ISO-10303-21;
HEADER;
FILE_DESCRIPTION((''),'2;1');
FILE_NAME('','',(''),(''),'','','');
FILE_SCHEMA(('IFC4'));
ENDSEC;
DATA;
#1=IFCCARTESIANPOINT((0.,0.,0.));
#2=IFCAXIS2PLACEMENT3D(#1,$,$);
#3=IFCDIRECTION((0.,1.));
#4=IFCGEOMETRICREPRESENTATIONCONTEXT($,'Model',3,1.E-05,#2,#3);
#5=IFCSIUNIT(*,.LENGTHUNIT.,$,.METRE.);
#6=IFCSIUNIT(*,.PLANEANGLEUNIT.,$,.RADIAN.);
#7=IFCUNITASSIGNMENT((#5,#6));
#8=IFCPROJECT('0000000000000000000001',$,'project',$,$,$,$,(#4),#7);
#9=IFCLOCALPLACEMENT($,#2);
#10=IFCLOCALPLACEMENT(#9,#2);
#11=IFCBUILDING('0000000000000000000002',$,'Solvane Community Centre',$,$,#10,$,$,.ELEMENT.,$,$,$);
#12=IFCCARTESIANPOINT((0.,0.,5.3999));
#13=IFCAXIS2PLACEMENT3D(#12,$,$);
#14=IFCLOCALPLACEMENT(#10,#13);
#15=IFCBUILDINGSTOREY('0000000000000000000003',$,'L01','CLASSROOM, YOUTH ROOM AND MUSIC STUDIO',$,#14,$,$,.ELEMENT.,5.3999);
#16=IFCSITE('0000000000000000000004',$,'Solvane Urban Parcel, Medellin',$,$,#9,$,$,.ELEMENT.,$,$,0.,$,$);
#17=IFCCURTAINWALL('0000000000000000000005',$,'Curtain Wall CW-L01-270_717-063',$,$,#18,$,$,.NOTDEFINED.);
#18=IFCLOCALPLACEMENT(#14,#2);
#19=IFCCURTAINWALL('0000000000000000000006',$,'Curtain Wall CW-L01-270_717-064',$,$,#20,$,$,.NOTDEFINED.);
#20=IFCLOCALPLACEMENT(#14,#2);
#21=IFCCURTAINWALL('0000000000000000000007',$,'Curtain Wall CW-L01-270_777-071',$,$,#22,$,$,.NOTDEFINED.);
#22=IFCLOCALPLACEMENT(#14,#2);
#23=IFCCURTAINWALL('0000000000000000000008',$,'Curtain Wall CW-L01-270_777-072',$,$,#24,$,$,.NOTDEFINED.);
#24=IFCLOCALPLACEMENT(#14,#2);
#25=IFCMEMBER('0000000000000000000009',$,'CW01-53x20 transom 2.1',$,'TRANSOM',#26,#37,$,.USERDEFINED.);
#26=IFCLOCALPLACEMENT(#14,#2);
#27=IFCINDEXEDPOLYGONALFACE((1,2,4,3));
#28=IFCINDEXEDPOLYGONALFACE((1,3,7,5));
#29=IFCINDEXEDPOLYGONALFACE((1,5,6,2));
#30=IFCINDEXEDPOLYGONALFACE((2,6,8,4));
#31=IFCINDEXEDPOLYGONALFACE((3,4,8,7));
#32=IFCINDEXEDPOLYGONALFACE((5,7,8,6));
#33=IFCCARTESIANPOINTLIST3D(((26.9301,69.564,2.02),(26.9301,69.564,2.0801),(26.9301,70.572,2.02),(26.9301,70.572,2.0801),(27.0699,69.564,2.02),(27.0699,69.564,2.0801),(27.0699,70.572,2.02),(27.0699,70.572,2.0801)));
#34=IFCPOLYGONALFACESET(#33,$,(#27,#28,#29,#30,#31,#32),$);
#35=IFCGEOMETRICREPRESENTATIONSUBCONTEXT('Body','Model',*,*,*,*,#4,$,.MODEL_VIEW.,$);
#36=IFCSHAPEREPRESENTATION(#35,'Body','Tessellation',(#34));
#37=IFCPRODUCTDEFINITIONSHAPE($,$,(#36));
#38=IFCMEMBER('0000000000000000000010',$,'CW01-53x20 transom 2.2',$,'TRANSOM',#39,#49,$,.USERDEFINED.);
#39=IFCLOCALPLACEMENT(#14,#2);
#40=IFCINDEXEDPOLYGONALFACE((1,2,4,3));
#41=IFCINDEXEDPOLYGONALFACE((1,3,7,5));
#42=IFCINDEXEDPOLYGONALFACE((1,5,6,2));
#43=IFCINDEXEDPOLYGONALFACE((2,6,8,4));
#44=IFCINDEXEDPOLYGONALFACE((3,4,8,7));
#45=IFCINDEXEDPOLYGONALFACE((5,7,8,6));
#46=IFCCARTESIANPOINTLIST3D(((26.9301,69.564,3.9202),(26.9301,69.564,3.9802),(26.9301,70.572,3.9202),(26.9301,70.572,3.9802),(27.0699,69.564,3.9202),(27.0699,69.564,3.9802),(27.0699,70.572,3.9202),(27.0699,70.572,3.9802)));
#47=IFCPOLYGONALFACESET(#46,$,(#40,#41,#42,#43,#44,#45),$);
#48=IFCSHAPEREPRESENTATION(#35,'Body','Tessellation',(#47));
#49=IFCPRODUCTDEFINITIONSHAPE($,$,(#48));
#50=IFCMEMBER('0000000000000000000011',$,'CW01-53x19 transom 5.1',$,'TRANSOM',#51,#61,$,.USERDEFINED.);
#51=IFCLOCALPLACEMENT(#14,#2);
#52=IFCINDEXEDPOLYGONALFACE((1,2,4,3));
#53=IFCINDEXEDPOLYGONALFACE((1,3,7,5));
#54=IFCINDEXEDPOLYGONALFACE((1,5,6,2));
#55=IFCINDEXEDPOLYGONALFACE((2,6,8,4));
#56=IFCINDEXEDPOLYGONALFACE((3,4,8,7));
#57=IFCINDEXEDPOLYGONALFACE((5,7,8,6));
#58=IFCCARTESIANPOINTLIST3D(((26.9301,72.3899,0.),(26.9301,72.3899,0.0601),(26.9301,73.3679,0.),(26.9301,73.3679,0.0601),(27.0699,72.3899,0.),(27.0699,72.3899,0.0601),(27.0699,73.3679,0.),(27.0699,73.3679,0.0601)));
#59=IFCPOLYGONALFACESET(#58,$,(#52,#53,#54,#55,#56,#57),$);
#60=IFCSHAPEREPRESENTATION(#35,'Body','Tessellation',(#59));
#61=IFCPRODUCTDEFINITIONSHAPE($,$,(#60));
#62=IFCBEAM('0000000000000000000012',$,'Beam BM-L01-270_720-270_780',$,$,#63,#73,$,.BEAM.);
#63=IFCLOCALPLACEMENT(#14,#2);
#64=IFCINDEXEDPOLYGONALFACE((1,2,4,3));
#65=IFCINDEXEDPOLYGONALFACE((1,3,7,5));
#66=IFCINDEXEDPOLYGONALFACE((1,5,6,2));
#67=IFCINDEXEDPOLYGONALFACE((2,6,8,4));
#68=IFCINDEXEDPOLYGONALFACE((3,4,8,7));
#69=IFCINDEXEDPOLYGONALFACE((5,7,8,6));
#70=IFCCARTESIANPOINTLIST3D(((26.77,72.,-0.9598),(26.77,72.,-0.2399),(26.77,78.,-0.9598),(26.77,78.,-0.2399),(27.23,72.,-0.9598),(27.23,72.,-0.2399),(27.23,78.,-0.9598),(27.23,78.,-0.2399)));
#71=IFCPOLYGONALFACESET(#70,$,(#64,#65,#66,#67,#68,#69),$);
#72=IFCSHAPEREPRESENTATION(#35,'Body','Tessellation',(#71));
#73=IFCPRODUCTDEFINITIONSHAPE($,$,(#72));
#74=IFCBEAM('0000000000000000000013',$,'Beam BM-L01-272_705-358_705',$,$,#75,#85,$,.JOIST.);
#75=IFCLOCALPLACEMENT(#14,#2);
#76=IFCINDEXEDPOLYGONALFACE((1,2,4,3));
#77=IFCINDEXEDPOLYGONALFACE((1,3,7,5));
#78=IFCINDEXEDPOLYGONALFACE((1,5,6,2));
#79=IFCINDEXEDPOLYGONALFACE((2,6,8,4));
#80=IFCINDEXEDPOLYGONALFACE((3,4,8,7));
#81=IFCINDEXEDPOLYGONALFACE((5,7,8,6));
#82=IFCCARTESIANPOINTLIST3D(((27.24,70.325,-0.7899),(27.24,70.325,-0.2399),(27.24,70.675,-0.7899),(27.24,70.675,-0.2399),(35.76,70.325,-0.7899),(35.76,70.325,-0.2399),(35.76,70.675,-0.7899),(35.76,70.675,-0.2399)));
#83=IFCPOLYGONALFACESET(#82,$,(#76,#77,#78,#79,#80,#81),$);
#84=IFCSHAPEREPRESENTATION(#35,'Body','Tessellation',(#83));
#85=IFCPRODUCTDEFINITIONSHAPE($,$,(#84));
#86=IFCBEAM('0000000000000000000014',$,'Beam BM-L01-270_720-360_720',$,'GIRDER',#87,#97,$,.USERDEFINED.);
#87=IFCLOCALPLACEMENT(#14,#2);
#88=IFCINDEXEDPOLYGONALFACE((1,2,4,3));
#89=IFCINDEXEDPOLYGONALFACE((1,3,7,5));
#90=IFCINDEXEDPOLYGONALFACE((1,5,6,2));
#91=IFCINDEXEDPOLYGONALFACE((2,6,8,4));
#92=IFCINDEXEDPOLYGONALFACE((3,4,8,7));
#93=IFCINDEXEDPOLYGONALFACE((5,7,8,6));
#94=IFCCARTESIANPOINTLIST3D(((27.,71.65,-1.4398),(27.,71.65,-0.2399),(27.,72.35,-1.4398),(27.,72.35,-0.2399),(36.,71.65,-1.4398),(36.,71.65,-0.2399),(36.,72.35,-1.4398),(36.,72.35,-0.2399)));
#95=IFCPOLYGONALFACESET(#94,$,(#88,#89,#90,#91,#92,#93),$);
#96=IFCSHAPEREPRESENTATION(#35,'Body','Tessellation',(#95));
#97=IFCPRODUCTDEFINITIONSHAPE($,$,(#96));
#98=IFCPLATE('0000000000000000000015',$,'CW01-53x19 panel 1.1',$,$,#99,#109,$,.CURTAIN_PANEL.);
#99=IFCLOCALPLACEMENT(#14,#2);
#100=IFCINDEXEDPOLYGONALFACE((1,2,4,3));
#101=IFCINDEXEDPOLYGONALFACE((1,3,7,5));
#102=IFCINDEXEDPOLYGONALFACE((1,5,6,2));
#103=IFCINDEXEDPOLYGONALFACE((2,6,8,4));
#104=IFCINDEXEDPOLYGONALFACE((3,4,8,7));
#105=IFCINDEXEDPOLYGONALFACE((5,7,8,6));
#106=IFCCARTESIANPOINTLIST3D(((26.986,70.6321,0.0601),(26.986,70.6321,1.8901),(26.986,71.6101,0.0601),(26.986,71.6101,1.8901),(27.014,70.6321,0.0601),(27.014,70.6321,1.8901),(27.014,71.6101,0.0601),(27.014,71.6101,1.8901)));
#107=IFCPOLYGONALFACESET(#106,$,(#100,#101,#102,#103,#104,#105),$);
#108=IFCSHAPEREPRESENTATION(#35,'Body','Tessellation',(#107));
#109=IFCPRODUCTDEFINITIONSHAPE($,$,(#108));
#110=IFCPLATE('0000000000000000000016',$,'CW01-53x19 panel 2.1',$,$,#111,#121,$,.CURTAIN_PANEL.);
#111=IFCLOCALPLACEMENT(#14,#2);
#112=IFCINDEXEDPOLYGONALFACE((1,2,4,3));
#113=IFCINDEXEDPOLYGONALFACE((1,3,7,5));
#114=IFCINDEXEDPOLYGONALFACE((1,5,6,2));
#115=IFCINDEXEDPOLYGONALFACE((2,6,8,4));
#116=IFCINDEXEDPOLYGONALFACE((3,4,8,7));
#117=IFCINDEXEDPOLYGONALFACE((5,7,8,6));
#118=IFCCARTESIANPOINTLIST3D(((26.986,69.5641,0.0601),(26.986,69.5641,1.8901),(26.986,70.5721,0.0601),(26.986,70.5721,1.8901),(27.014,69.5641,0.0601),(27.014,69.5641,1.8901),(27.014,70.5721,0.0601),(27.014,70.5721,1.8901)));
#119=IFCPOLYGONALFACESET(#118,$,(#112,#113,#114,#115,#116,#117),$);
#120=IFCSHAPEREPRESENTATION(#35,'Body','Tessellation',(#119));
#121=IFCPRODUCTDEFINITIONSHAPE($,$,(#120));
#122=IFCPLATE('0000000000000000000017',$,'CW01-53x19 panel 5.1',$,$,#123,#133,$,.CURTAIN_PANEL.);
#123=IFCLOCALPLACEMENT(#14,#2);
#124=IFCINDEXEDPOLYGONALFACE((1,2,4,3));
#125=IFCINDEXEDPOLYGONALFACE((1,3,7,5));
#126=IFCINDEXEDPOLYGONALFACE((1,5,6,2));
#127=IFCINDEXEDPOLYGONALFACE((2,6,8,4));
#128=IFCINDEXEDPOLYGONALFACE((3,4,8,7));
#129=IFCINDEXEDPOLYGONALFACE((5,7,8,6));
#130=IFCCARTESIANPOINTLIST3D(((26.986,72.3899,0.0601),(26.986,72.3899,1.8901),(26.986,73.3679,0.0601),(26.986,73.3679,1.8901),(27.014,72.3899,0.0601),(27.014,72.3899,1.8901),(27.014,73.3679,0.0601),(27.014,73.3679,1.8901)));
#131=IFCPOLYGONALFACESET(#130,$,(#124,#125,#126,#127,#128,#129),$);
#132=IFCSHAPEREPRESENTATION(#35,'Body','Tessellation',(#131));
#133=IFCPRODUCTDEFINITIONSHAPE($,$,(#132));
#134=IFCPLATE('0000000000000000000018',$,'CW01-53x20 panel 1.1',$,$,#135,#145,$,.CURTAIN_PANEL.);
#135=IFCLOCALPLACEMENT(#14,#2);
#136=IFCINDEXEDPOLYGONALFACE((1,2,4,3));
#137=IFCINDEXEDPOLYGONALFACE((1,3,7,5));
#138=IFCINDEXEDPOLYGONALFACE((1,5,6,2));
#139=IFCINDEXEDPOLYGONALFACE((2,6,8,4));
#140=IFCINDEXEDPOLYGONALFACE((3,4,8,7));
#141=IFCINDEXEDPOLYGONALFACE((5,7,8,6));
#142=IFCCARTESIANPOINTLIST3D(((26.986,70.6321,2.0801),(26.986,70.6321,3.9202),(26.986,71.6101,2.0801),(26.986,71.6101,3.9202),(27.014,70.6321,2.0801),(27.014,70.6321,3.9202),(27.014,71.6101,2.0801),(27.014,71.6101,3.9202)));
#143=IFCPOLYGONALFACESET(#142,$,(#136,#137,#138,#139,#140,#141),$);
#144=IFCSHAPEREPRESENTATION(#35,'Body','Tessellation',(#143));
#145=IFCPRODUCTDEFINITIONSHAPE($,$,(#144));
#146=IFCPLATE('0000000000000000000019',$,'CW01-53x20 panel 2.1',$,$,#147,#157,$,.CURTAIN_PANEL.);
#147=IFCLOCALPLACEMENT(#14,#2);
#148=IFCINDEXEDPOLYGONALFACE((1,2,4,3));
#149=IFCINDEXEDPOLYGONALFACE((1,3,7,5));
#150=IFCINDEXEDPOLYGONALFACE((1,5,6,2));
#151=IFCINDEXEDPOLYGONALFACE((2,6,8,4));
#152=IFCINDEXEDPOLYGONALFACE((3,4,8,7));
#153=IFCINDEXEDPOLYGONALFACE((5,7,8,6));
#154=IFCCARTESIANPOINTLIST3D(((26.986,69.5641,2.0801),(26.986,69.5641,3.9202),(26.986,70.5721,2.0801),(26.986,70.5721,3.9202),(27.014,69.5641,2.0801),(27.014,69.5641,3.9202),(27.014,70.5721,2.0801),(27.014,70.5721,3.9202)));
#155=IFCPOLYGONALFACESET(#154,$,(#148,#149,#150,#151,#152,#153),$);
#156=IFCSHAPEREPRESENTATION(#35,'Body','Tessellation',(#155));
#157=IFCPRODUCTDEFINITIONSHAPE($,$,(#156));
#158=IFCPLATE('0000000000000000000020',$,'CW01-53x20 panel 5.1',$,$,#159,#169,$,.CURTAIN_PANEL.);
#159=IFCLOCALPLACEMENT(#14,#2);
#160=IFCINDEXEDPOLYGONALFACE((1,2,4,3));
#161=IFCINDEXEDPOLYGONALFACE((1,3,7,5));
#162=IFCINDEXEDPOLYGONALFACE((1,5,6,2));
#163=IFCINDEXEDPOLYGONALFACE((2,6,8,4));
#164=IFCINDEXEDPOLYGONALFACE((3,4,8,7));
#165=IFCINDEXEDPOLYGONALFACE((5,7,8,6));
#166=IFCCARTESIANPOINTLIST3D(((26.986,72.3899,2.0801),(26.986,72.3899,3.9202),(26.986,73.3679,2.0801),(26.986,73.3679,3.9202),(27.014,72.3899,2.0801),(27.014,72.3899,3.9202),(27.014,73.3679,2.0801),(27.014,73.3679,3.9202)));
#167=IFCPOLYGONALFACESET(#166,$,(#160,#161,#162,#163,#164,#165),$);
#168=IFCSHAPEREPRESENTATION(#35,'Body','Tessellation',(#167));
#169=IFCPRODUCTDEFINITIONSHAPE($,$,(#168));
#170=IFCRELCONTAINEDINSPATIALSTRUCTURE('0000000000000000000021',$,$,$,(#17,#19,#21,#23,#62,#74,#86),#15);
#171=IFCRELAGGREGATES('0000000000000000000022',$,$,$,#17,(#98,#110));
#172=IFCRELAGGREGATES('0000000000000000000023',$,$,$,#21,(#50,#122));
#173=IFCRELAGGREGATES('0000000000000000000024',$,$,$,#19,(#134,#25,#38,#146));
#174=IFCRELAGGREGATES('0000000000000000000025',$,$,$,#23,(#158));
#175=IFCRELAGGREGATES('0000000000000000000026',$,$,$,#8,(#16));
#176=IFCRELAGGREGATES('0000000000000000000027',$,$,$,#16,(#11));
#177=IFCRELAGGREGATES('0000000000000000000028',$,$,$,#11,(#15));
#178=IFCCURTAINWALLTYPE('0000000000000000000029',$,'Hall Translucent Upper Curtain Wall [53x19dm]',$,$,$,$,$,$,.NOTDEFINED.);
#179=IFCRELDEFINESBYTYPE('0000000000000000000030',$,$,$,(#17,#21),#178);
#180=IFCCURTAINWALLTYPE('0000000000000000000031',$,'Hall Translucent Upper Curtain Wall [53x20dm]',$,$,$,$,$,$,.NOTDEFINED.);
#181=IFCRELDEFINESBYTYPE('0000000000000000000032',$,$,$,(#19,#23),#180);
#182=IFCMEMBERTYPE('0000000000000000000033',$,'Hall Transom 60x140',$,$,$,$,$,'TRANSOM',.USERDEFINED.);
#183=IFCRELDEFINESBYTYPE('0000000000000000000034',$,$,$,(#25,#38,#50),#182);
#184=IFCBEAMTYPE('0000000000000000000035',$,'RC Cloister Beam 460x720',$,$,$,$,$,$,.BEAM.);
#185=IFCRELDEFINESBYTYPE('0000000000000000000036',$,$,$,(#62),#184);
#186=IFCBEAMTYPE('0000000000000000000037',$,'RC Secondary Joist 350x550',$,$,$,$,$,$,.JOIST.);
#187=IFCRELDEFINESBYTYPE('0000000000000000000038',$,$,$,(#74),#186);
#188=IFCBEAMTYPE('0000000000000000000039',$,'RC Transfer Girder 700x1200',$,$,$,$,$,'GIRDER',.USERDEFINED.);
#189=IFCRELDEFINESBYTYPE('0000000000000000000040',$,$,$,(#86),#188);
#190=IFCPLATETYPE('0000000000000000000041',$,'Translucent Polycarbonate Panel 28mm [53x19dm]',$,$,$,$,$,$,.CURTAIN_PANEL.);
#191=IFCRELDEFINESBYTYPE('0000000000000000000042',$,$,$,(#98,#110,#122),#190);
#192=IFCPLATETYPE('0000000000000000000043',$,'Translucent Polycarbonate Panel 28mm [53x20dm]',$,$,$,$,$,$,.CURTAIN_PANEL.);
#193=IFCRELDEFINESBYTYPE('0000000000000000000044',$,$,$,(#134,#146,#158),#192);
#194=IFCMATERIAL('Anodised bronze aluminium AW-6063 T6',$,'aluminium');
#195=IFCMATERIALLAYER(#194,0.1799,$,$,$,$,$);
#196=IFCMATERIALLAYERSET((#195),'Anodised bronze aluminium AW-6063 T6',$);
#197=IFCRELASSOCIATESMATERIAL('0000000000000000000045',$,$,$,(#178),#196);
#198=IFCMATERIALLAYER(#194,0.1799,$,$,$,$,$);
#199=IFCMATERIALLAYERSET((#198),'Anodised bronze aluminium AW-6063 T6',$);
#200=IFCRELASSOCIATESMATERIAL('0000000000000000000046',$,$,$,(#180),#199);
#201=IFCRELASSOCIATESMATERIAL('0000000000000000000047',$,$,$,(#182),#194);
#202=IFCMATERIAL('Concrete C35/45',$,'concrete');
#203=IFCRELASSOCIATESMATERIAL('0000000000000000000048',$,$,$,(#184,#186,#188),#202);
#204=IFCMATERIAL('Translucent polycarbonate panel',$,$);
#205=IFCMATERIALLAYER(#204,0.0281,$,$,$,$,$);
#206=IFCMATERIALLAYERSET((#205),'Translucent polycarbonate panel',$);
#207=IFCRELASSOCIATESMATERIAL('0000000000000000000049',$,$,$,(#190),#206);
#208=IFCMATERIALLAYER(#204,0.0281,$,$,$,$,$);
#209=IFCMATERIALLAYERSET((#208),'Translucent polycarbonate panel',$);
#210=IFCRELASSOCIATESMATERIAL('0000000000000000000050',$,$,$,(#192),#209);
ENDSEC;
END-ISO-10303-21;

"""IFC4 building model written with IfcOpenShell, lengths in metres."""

from ifc_helpers import new_model, si_unit, direction, frame, origin, origin_2d, place, context, subcontext, project, spatial, rectangle, extrude, material, layer, layer_set, material_profile, profile_set, type_object, element, aggregate, save


model = new_model("IFC4")

# Units and contexts
model_context = context("Model", 3, precision=1e-05, world=origin(), true_north=direction((0.0, 1.0)))
body_context = subcontext(model_context, "Body", "Model", "MODEL_VIEW")
ifc_project = project(units=[si_unit("LENGTHUNIT", "METRE"), si_unit("PLANEANGLEUNIT", "RADIAN")], contexts=[model_context])

# Site, building, storey
site_placement = place(None, origin())
site = spatial("IfcSite", under=ifc_project, at=site_placement, Name="Solvane Urban Parcel, Medellin", CompositionType="ELEMENT", RefElevation=0.0)
building_placement = place(site_placement, origin())
building = spatial("IfcBuilding", under=site, at=building_placement, Name="Solvane Community Centre", CompositionType="ELEMENT")
storey_placement = place(building_placement, frame((0.0, 0.0, 5.3999)))
storey = spatial("IfcBuildingStorey", under=building, at=storey_placement, Name="L01", Description="CLASSROOM, YOUTH ROOM AND MUSIC STUDIO", CompositionType="ELEMENT", Elevation=5.3999)

# Shared definitions
ifc_material_1 = material(Name="Concrete C35/45", Category="concrete")

# Curtain walls
ifc_material_2 = material(Name="Anodised bronze aluminium AW-6063 T6", Category="aluminium")
ifc_layer_1 = layer(ifc_material_2, 0.1799)
ifc_layer_set_1 = layer_set([ifc_layer_1], Name="Anodised bronze aluminium AW-6063 T6")
curtain_wall_type_1 = type_object("IfcCurtainWallType", Name="Hall Translucent Upper Curtain Wall [53x19dm]", PredefinedType="NOTDEFINED", material=ifc_layer_set_1)
curtain_wall_1_placement = place(storey_placement, origin())
curtain_wall_1 = element("IfcCurtainWall", 1, at=curtain_wall_1_placement, inside=storey, type_object=curtain_wall_type_1, Name="Curtain Wall CW-L01-270_717-063", PredefinedType="NOTDEFINED")
ifc_layer_2 = layer(ifc_material_2, 0.1799)
ifc_layer_set_2 = layer_set([ifc_layer_2], Name="Anodised bronze aluminium AW-6063 T6")
curtain_wall_type_2 = type_object("IfcCurtainWallType", Name="Hall Translucent Upper Curtain Wall [53x20dm]", PredefinedType="NOTDEFINED", material=ifc_layer_set_2)
curtain_wall_2_placement = place(storey_placement, origin())
curtain_wall_2 = element("IfcCurtainWall", 2, at=curtain_wall_2_placement, inside=storey, type_object=curtain_wall_type_2, Name="Curtain Wall CW-L01-270_717-064", PredefinedType="NOTDEFINED")

# Curtain walls
curtain_wall_3_placement = place(storey_placement, origin())
curtain_wall_3 = element("IfcCurtainWall", 3, at=curtain_wall_3_placement, inside=storey, type_object=curtain_wall_type_1, Name="Curtain Wall CW-L01-270_777-071", PredefinedType="NOTDEFINED")
curtain_wall_4_placement = place(storey_placement, origin())
curtain_wall_4 = element("IfcCurtainWall", 4, at=curtain_wall_4_placement, inside=storey, type_object=curtain_wall_type_2, Name="Curtain Wall CW-L01-270_777-072", PredefinedType="NOTDEFINED")

# Members
ifc_material_profile_1 = material_profile(ifc_material_2, rectangle(XDim=0.1399, YDim=0.0601, at=origin_2d()), Name="CW-T 60x140")
ifc_profile_set_1 = profile_set([ifc_material_profile_1], Name="Anodised bronze aluminium AW-6063 T6")
member_type_1 = type_object("IfcMemberType", Name="Hall Transom 60x140", ElementType="TRANSOM", PredefinedType="USERDEFINED", material=ifc_profile_set_1)
member_1_placement = place(storey_placement, frame((27.0, 70.572, 2.05), z_axis=(0.0, -1.0, 0.0), x_axis=(1.0, 0.0, 0.0)))
member_1 = element("IfcMember", 5, at=member_1_placement, type_object=member_type_1, Name="CW01-53x20 transom 2.1", ObjectType="TRANSOM", PredefinedType="USERDEFINED", context=body_context, shape_type="SweptSolid", body=[
    extrude(rectangle(XDim=0.1399, YDim=0.0601, at=origin_2d()), origin(), (0.0, 0.0, 1.0), 1.0081),
])
member_2_placement = place(storey_placement, frame((27.0, 70.572, 3.9502), z_axis=(0.0, -1.0, 0.0), x_axis=(1.0, 0.0, 0.0)))
member_2 = element("IfcMember", 6, at=member_2_placement, type_object=member_type_1, Name="CW01-53x20 transom 2.2", ObjectType="TRANSOM", PredefinedType="USERDEFINED", context=body_context, shape_type="SweptSolid", body=[
    extrude(rectangle(XDim=0.1399, YDim=0.0601, at=origin_2d()), origin(), (0.0, 0.0, 1.0), 1.0081),
])
member_3_placement = place(storey_placement, frame((27.0, 73.3679, 0.03), z_axis=(0.0, -1.0, 0.0), x_axis=(1.0, 0.0, 0.0)))
member_3 = element("IfcMember", 7, at=member_3_placement, type_object=member_type_1, Name="CW01-53x19 transom 5.1", ObjectType="TRANSOM", PredefinedType="USERDEFINED", context=body_context, shape_type="SweptSolid", body=[
    extrude(rectangle(XDim=0.1399, YDim=0.0601, at=origin_2d()), origin(), (0.0, 0.0, 1.0), 0.978),
])

# Beams
ifc_material_profile_2 = material_profile(ifc_material_1, rectangle(XDim=0.46, YDim=0.72, at=origin_2d()), Name="RC 460x720")
ifc_profile_set_2 = profile_set([ifc_material_profile_2], Name="Concrete C35/45")
beam_type_1 = type_object("IfcBeamType", Name="RC Cloister Beam 460x720", PredefinedType="BEAM", material=ifc_profile_set_2)
beam_1_placement = place(storey_placement, frame((27.0, 72.0, -0.5999), z_axis=(0.0, 1.0, 0.0), x_axis=(-1.0, 0.0, 0.0)))
element("IfcBeam", 8, at=beam_1_placement, inside=storey, type_object=beam_type_1, Name="Beam BM-L01-270_720-270_780", PredefinedType="BEAM", context=body_context, shape_type="SweptSolid", body=[
    extrude(rectangle(XDim=0.46, YDim=0.72, at=origin_2d()), origin(), (0.0, 0.0, 1.0), 6.0),
])
ifc_material_profile_3 = material_profile(ifc_material_1, rectangle(XDim=0.3501, YDim=0.55, at=origin_2d()), Name="RC 350x550")
ifc_profile_set_3 = profile_set([ifc_material_profile_3], Name="Concrete C35/45")
beam_type_2 = type_object("IfcBeamType", Name="RC Secondary Joist 350x550", PredefinedType="JOIST", material=ifc_profile_set_3)
beam_2_placement = place(storey_placement, frame((27.24, 70.5, -0.5149), z_axis=(1.0, 0.0, 0.0), x_axis=(0.0, 1.0, 0.0)))
element("IfcBeam", 9, at=beam_2_placement, inside=storey, type_object=beam_type_2, Name="Beam BM-L01-272_705-358_705", PredefinedType="JOIST", context=body_context, shape_type="SweptSolid", body=[
    extrude(rectangle(XDim=0.3501, YDim=0.55, at=origin_2d()), origin(), (0.0, 0.0, 1.0), 8.52),
])
ifc_material_profile_4 = material_profile(ifc_material_1, rectangle(XDim=0.7, YDim=1.2, at=origin_2d()), Name="RC 700x1200")
ifc_profile_set_4 = profile_set([ifc_material_profile_4], Name="Concrete C35/45")
beam_type_3 = type_object("IfcBeamType", Name="RC Transfer Girder 700x1200", ElementType="GIRDER", PredefinedType="USERDEFINED", material=ifc_profile_set_4)
beam_3_placement = place(storey_placement, frame((27.0, 72.0, -0.8398), z_axis=(1.0, 0.0, 0.0), x_axis=(0.0, 1.0, 0.0)))
element("IfcBeam", 10, at=beam_3_placement, inside=storey, type_object=beam_type_3, Name="Beam BM-L01-270_720-360_720", ObjectType="GIRDER", PredefinedType="USERDEFINED", context=body_context, shape_type="SweptSolid", body=[
    extrude(rectangle(XDim=0.7, YDim=1.2, at=origin_2d()), origin(), (0.0, 0.0, 1.0), 9.0),
])

# Plates
ifc_material_3 = material(Name="Translucent polycarbonate panel")
ifc_layer_3 = layer(ifc_material_3, 0.0281)
ifc_layer_set_3 = layer_set([ifc_layer_3], Name="Translucent polycarbonate panel")
plate_type_1 = type_object("IfcPlateType", Name="Translucent Polycarbonate Panel 28mm [53x19dm]", PredefinedType="CURTAIN_PANEL", material=ifc_layer_set_3)
plate_1_placement = place(storey_placement, frame((27.0, 71.1211, 0.0601), z_axis=(0.0, 0.0, 1.0), x_axis=(0.0, -1.0, 0.0)))
plate_1 = element("IfcPlate", 11, at=plate_1_placement, type_object=plate_type_1, Name="CW01-53x19 panel 1.1", PredefinedType="CURTAIN_PANEL", context=body_context, shape_type="SweptSolid", body=[
    extrude(rectangle(XDim=0.978, YDim=0.0281, at=origin_2d()), origin(), (0.0, 0.0, 1.0), 1.8301),
])
plate_2_placement = place(storey_placement, frame((27.0, 70.0681, 0.0601), z_axis=(0.0, 0.0, 1.0), x_axis=(0.0, -1.0, 0.0)))
plate_2 = element("IfcPlate", 12, at=plate_2_placement, type_object=plate_type_1, Name="CW01-53x19 panel 2.1", PredefinedType="CURTAIN_PANEL", context=body_context, shape_type="SweptSolid", body=[
    extrude(rectangle(XDim=1.0081, YDim=0.0281, at=origin_2d()), origin(), (0.0, 0.0, 1.0), 1.8301),
])
aggregate(curtain_wall_1, [plate_1, plate_2])
plate_3_placement = place(storey_placement, frame((27.0, 72.8789, 0.0601), z_axis=(0.0, 0.0, 1.0), x_axis=(0.0, -1.0, 0.0)))
plate_3 = element("IfcPlate", 13, at=plate_3_placement, type_object=plate_type_1, Name="CW01-53x19 panel 5.1", PredefinedType="CURTAIN_PANEL", context=body_context, shape_type="SweptSolid", body=[
    extrude(rectangle(XDim=0.978, YDim=0.0281, at=origin_2d()), origin(), (0.0, 0.0, 1.0), 1.8301),
])
aggregate(curtain_wall_3, [member_3, plate_3])
ifc_layer_4 = layer(ifc_material_3, 0.0281)
ifc_layer_set_4 = layer_set([ifc_layer_4], Name="Translucent polycarbonate panel")
plate_type_2 = type_object("IfcPlateType", Name="Translucent Polycarbonate Panel 28mm [53x20dm]", PredefinedType="CURTAIN_PANEL", material=ifc_layer_set_4)
plate_4_placement = place(storey_placement, frame((27.0, 71.1211, 2.0801), z_axis=(0.0, 0.0, 1.0), x_axis=(0.0, -1.0, 0.0)))
plate_4 = element("IfcPlate", 14, at=plate_4_placement, type_object=plate_type_2, Name="CW01-53x20 panel 1.1", PredefinedType="CURTAIN_PANEL", context=body_context, shape_type="SweptSolid", body=[
    extrude(rectangle(XDim=0.978, YDim=0.0281, at=origin_2d()), origin(), (0.0, 0.0, 1.0), 1.8401),
])
plate_5_placement = place(storey_placement, frame((27.0, 70.0681, 2.0801), z_axis=(0.0, 0.0, 1.0), x_axis=(0.0, -1.0, 0.0)))
plate_5 = element("IfcPlate", 15, at=plate_5_placement, type_object=plate_type_2, Name="CW01-53x20 panel 2.1", PredefinedType="CURTAIN_PANEL", context=body_context, shape_type="SweptSolid", body=[
    extrude(rectangle(XDim=1.0081, YDim=0.0281, at=origin_2d()), origin(), (0.0, 0.0, 1.0), 1.8401),
])
aggregate(curtain_wall_2, [plate_4, member_1, member_2, plate_5])
plate_6_placement = place(storey_placement, frame((27.0, 72.8789, 2.0801), z_axis=(0.0, 0.0, 1.0), x_axis=(0.0, -1.0, 0.0)))
plate_6 = element("IfcPlate", 16, at=plate_6_placement, type_object=plate_type_2, Name="CW01-53x20 panel 5.1", PredefinedType="CURTAIN_PANEL", context=body_context, shape_type="SweptSolid", body=[
    extrude(rectangle(XDim=0.978, YDim=0.0281, at=origin_2d()), origin(), (0.0, 0.0, 1.0), 1.8401),
])
aggregate(curtain_wall_4, [plate_6])

save(model, "model.ifc")
